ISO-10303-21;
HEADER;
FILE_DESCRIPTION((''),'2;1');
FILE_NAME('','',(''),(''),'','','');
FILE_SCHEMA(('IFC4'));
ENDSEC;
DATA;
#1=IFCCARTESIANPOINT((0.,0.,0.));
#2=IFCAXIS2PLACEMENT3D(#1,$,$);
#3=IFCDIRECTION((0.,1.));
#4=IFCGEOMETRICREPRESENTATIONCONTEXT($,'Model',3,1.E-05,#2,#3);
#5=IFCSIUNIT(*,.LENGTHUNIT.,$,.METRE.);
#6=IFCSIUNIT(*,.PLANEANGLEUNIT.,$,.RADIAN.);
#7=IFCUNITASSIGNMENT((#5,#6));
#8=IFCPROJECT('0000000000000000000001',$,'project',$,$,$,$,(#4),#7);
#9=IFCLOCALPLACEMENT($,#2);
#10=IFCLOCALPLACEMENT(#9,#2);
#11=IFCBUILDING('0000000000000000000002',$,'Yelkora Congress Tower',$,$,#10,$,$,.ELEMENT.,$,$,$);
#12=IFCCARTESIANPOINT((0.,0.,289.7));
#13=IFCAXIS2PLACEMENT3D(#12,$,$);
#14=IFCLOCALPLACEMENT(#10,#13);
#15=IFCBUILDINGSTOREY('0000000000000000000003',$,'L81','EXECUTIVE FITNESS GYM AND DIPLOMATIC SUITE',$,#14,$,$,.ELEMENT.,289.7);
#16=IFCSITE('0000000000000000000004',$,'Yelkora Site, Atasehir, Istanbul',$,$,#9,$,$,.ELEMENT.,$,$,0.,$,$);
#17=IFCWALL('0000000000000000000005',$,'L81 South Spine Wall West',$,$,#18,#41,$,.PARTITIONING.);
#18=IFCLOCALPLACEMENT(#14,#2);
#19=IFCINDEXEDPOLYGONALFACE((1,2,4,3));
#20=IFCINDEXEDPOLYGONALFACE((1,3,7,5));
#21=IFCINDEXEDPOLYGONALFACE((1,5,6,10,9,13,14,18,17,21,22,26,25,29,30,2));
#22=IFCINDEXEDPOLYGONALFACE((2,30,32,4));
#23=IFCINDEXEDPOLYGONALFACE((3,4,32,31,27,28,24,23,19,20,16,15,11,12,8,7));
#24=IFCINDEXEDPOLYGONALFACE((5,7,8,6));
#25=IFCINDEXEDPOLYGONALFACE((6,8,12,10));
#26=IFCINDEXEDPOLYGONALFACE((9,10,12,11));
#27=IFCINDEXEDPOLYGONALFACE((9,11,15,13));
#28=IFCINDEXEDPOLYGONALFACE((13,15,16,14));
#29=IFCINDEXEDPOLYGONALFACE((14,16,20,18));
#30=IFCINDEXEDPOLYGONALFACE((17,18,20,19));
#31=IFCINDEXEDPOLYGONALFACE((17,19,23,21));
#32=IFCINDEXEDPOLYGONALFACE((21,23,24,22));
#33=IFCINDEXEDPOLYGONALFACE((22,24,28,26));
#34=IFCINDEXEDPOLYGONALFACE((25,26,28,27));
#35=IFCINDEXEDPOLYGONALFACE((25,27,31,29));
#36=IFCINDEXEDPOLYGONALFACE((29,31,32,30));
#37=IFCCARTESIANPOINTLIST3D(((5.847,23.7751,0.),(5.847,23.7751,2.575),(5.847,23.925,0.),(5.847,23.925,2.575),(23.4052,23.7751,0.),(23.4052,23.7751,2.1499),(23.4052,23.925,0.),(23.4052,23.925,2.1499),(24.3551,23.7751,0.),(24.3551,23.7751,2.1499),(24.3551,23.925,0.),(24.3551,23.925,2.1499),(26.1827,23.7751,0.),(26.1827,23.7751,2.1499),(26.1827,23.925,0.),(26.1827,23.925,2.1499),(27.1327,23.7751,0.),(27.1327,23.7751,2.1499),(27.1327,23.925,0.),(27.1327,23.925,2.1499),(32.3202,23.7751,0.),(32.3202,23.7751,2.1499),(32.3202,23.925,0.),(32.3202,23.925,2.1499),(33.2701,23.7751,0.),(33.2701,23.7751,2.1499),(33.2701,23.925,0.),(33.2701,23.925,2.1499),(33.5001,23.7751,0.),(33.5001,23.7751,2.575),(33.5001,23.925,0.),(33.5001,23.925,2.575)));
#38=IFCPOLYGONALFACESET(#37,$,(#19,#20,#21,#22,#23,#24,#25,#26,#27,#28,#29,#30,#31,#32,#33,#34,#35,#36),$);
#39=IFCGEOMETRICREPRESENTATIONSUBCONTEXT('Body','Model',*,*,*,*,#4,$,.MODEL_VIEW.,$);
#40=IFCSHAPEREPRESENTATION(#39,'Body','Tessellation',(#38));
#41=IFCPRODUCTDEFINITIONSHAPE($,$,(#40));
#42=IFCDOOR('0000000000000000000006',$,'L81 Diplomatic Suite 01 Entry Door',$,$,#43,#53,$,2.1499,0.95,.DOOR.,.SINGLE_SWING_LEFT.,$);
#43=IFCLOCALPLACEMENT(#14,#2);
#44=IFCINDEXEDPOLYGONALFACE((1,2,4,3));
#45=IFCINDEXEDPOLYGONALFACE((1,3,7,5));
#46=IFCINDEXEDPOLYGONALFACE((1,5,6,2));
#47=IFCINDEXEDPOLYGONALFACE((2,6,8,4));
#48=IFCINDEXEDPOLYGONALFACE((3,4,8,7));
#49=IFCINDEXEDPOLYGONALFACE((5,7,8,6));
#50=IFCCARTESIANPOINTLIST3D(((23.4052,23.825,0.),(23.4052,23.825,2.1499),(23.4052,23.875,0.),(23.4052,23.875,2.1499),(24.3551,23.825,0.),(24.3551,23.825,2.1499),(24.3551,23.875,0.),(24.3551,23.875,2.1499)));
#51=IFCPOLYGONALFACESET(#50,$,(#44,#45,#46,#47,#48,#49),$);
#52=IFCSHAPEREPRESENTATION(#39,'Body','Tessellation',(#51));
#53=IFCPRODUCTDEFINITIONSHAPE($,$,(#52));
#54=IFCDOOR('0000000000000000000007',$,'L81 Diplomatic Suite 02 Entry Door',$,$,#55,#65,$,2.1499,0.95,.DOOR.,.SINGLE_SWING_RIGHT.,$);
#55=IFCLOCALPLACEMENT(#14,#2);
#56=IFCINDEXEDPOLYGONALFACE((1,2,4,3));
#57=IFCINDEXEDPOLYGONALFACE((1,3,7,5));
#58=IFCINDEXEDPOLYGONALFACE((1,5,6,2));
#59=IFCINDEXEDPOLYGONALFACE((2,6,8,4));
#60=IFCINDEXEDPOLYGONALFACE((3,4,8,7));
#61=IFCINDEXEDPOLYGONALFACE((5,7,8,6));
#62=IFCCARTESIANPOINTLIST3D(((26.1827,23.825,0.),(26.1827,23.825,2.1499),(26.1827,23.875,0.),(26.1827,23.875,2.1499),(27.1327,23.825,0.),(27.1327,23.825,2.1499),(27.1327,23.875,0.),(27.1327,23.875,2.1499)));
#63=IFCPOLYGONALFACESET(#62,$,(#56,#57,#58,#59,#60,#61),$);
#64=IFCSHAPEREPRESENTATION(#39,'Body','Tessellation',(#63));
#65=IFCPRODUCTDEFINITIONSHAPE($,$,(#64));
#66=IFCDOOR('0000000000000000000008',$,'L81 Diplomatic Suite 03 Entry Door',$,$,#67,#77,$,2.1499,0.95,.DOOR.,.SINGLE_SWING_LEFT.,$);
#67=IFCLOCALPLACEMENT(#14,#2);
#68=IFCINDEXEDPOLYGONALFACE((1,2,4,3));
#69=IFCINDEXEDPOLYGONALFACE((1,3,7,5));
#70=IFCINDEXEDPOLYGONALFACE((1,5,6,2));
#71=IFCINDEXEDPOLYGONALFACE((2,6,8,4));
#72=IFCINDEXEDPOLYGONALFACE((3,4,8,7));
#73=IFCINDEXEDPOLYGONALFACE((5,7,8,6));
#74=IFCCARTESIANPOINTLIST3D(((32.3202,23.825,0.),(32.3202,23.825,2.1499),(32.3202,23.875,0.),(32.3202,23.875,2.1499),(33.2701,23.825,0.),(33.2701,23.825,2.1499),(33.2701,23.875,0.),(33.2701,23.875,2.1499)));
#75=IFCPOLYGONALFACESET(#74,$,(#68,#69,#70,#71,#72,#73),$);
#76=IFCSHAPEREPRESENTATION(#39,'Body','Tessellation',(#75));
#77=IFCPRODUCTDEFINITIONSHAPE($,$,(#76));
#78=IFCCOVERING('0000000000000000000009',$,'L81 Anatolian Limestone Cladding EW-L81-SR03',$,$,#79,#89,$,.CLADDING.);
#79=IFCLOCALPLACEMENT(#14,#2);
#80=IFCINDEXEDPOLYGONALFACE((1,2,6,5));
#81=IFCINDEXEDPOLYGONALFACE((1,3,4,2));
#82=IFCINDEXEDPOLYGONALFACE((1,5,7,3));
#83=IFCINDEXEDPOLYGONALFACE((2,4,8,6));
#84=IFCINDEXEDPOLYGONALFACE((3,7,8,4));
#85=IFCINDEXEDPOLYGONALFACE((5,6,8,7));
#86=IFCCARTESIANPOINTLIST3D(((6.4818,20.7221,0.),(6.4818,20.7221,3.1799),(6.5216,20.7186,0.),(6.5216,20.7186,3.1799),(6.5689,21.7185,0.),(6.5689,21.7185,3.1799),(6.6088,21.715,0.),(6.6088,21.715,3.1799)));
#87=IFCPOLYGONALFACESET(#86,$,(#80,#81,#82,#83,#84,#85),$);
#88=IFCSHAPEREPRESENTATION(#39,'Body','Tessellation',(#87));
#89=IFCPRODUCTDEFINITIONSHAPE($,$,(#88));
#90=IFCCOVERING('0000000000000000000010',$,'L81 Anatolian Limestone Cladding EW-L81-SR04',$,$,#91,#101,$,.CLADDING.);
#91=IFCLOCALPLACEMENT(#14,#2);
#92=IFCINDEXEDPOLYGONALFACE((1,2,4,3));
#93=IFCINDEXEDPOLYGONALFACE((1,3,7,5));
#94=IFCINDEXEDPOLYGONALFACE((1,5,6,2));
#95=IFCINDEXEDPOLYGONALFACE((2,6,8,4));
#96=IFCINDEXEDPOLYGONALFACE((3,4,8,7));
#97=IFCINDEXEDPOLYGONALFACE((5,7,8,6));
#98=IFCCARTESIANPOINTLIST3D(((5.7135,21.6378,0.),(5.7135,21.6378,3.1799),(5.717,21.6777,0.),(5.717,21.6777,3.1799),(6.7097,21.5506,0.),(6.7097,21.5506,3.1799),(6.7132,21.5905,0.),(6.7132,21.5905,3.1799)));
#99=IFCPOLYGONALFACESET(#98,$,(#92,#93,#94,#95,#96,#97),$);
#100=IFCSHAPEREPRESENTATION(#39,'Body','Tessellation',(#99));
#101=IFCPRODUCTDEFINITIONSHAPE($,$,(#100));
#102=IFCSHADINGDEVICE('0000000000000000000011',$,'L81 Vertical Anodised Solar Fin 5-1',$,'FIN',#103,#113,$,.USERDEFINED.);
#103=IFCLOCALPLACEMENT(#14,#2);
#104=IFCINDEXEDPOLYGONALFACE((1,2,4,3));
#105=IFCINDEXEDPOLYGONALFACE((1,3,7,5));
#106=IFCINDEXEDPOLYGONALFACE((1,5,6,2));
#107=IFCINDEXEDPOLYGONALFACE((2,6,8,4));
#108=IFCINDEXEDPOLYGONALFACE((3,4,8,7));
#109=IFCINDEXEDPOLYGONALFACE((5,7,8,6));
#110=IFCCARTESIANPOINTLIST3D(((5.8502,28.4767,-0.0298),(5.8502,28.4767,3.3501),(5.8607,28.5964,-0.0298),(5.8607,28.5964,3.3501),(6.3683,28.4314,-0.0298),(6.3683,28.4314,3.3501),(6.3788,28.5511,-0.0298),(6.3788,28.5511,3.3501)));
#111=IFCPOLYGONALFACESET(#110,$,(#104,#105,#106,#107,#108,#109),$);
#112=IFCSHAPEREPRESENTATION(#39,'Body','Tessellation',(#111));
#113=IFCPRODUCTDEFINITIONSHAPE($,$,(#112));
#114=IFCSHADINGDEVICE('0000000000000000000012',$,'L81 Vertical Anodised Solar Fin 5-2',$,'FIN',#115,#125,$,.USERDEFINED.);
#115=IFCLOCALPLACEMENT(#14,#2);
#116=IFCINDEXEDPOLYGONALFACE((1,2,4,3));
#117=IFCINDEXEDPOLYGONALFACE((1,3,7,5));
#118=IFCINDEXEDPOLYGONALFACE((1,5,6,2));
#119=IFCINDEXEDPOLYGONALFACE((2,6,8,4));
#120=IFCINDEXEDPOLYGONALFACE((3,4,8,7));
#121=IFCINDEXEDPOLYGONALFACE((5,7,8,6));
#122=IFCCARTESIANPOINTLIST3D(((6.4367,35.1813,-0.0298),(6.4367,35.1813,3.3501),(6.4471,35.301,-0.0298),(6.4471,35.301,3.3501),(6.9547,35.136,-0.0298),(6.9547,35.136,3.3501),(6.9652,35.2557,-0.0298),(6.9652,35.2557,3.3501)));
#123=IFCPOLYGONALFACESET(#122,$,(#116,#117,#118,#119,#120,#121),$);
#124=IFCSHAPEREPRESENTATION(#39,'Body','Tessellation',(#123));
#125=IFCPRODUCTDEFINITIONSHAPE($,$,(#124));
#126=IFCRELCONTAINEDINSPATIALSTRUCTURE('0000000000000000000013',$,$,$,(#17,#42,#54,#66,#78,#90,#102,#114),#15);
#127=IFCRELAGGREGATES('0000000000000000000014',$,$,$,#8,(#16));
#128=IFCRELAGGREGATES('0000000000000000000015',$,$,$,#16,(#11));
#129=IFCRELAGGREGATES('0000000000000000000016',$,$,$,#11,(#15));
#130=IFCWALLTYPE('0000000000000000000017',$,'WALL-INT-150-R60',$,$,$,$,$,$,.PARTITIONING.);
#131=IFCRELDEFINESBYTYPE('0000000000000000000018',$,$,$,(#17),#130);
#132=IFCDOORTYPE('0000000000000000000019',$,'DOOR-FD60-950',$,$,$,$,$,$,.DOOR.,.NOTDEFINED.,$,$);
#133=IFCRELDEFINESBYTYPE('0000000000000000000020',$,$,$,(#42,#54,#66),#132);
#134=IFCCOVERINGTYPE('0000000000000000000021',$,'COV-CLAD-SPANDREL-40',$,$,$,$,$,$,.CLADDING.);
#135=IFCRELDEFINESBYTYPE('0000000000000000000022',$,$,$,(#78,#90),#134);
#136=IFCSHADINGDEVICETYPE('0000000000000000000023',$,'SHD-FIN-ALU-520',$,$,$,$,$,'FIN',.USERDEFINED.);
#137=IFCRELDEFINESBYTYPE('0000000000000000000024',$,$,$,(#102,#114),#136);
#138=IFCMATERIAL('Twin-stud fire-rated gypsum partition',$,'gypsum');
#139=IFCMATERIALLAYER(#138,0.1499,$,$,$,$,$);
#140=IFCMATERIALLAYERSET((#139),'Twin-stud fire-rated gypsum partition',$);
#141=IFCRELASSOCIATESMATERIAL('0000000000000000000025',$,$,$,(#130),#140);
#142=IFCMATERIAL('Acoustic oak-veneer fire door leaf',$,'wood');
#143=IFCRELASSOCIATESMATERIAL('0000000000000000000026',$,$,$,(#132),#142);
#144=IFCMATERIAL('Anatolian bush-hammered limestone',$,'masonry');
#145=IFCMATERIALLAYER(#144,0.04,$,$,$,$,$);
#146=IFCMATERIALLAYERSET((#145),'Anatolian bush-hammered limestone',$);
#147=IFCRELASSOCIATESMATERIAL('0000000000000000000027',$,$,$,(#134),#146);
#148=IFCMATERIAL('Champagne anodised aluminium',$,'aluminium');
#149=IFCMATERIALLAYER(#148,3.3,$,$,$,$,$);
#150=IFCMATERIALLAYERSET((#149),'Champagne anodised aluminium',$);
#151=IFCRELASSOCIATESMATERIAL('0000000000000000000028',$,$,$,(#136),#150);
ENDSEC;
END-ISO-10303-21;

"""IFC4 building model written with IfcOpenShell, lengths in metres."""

from ifc_helpers import new_model, si_unit, direction, frame, frame_2d, origin, origin_2d, place, context, subcontext, project, spatial, rectangle, extrude, material, layer, layer_set, type_object, element, fill, save


model = new_model("IFC4")

# Units and contexts
model_context = context("Model", 3, precision=1e-05, world=origin(), true_north=direction((0.0, 1.0)))
body_context = subcontext(model_context, "Body", "Model", "MODEL_VIEW")
ifc_project = project(units=[si_unit("LENGTHUNIT", "METRE"), si_unit("PLANEANGLEUNIT", "RADIAN")], contexts=[model_context])

# Site, building, storey
site_placement = place(None, origin())
site = spatial("IfcSite", under=ifc_project, at=site_placement, Name="Yelkora Site, Atasehir, Istanbul", CompositionType="ELEMENT", RefElevation=0.0)
building_placement = place(site_placement, origin())
building = spatial("IfcBuilding", under=site, at=building_placement, Name="Yelkora Congress Tower", CompositionType="ELEMENT")
storey_placement = place(building_placement, frame((0.0, 0.0, 289.7)))
storey = spatial("IfcBuildingStorey", under=building, at=storey_placement, Name="L81", Description="EXECUTIVE FITNESS GYM AND DIPLOMATIC SUITE", CompositionType="ELEMENT", Elevation=289.7)

# Wall, openings, doors
ifc_material_1 = material(Name="Twin-stud fire-rated gypsum partition", Category="gypsum")
ifc_layer_1 = layer(ifc_material_1, 0.1499)
ifc_layer_set_1 = layer_set([ifc_layer_1], Name="Twin-stud fire-rated gypsum partition")
wall_type_1 = type_object("IfcWallType", Name="WALL-INT-150-R60", PredefinedType="PARTITIONING", material=ifc_layer_set_1)
wall_placement = place(storey_placement, frame((5.8469, 23.8501, 0.0), z_axis=(0.0, 0.0, 1.0), x_axis=(1.0, 0.0, 0.0)))
wall = element("IfcWall", 1, at=wall_placement, inside=storey, type_object=wall_type_1, Name="L81 South Spine Wall West", PredefinedType="PARTITIONING", context=body_context, shape_type="SweptSolid", body=[
    extrude(rectangle(XDim=27.6531, YDim=0.1499, at=frame_2d((13.8267, 0.0))), origin(), (0.0, 0.0, 1.0), 2.575),
])
opening_1_placement = place(wall_placement, frame((17.5581, 0.0, 0.0)))
opening_1 = element("IfcOpeningElement", 2, at=opening_1_placement, cuts=wall, PredefinedType="OPENING", context=body_context, shape_type="SweptSolid", body=[
    extrude(rectangle(XDim=0.95, YDim=2.1499, at=frame_2d((0.4751, 1.075))), frame((0.0, 0.085, 0.0), z_axis=(0.0, -1.0, 0.0), x_axis=(1.0, 0.0, 0.0)), (0.0, 0.0, 1.0), 0.1699),
])
opening_2_placement = place(wall_placement, frame((20.3357, 0.0, 0.0)))
opening_2 = element("IfcOpeningElement", 3, at=opening_2_placement, cuts=wall, PredefinedType="OPENING", context=body_context, shape_type="SweptSolid", body=[
    extrude(rectangle(XDim=0.95, YDim=2.1499, at=frame_2d((0.4751, 1.075))), frame((0.0, 0.085, 0.0), z_axis=(0.0, -1.0, 0.0), x_axis=(1.0, 0.0, 0.0)), (0.0, 0.0, 1.0), 0.1699),
])
opening_3_placement = place(wall_placement, frame((26.4731, 0.0, 0.0)))
opening_3 = element("IfcOpeningElement", 4, at=opening_3_placement, cuts=wall, PredefinedType="OPENING", context=body_context, shape_type="SweptSolid", body=[
    extrude(rectangle(XDim=0.95, YDim=2.1499, at=frame_2d((0.4751, 1.075))), frame((0.0, 0.085, 0.0), z_axis=(0.0, -1.0, 0.0), x_axis=(1.0, 0.0, 0.0)), (0.0, 0.0, 1.0), 0.1699),
])
ifc_material_2 = material(Name="Acoustic oak-veneer fire door leaf", Category="wood")
door_type = type_object("IfcDoorType", Name="DOOR-FD60-950", OperationType="NOTDEFINED", PredefinedType="DOOR", material=ifc_material_2)
door_1_placement = place(opening_1_placement, origin())
door_1 = element("IfcDoor", 5, at=door_1_placement, inside=storey, type_object=door_type, Name="L81 Diplomatic Suite 01 Entry Door", OperationType="SINGLE_SWING_LEFT", OverallHeight=2.1499, OverallWidth=0.95, PredefinedType="DOOR", context=body_context, shape_type="SweptSolid", body=[
    extrude(rectangle(XDim=0.95, YDim=2.1499, at=frame_2d((0.4751, 1.075))), frame((0.0, 0.0249, 0.0), z_axis=(0.0, -1.0, 0.0), x_axis=(1.0, 0.0, 0.0)), (0.0, 0.0, 1.0), 0.05),
])
fill(opening_1, door_1)
door_2_placement = place(opening_2_placement, origin())
door_2 = element("IfcDoor", 6, at=door_2_placement, inside=storey, type_object=door_type, Name="L81 Diplomatic Suite 02 Entry Door", OperationType="SINGLE_SWING_RIGHT", OverallHeight=2.1499, OverallWidth=0.95, PredefinedType="DOOR", context=body_context, shape_type="SweptSolid", body=[
    extrude(rectangle(XDim=0.95, YDim=2.1499, at=frame_2d((0.4751, 1.075))), frame((0.0, 0.0249, 0.0), z_axis=(0.0, -1.0, 0.0), x_axis=(1.0, 0.0, 0.0)), (0.0, 0.0, 1.0), 0.05),
])
fill(opening_2, door_2)
door_3_placement = place(opening_3_placement, origin())
door_3 = element("IfcDoor", 7, at=door_3_placement, inside=storey, type_object=door_type, Name="L81 Diplomatic Suite 03 Entry Door", OperationType="SINGLE_SWING_LEFT", OverallHeight=2.1499, OverallWidth=0.95, PredefinedType="DOOR", context=body_context, shape_type="SweptSolid", body=[
    extrude(rectangle(XDim=0.95, YDim=2.1499, at=frame_2d((0.4751, 1.075))), frame((0.0, 0.0249, 0.0), z_axis=(0.0, -1.0, 0.0), x_axis=(1.0, 0.0, 0.0)), (0.0, 0.0, 1.0), 0.05),
])
fill(opening_3, door_3)

# Coverings
ifc_material_3 = material(Name="Anatolian bush-hammered limestone", Category="masonry")
ifc_layer_2 = layer(ifc_material_3, 0.04)
ifc_layer_set_2 = layer_set([ifc_layer_2], Name="Anatolian bush-hammered limestone")
covering_type = type_object("IfcCoveringType", Name="COV-CLAD-SPANDREL-40", PredefinedType="CLADDING", material=ifc_layer_set_2)
covering_1_placement = place(storey_placement, frame((6.5017, 20.7205, 0.0), z_axis=(0.0, 0.0, 1.0), x_axis=(0.087146, 0.996196, 0.0)))
element("IfcCovering", 8, at=covering_1_placement, inside=storey, type_object=covering_type, Name="L81 Anatolian Limestone Cladding EW-L81-SR03", PredefinedType="CLADDING", context=body_context, shape_type="SweptSolid", body=[
    extrude(rectangle(XDim=1.0002, YDim=0.04, at=frame_2d((0.5, 0.0))), origin(), (0.0, 0.0, 1.0), 3.1799),
])
covering_2_placement = place(storey_placement, frame((6.7114, 21.5706, 0.0), z_axis=(0.0, 0.0, 1.0), x_axis=(-0.996194, 0.087167, 0.0)))
element("IfcCovering", 9, at=covering_2_placement, inside=storey, type_object=covering_type, Name="L81 Anatolian Limestone Cladding EW-L81-SR04", PredefinedType="CLADDING", context=body_context, shape_type="SweptSolid", body=[
    extrude(rectangle(XDim=1.0, YDim=0.04, at=frame_2d((0.5, 0.0))), origin(), (0.0, 0.0, 1.0), 3.1799),
])

# Shading devices
ifc_material_4 = material(Name="Champagne anodised aluminium", Category="aluminium")
ifc_layer_3 = layer(ifc_material_4, 3.3)
ifc_layer_set_3 = layer_set([ifc_layer_3], Name="Champagne anodised aluminium")
shading_device_type = type_object("IfcShadingDeviceType", Name="SHD-FIN-ALU-520", ElementType="FIN", PredefinedType="USERDEFINED", material=ifc_layer_set_3)
for number, where, z_axis, x_axis, name in (
    (10, (6.1145, 28.5139, -0.0298), (0.0, 0.0, 1.0), (0.087156, 0.996195, 0.0), "L81 Vertical Anodised Solar Fin 5-1"),
    (11, (6.7009, 35.2185, -0.0298), (0.0, 0.0, 1.0), (0.087156, 0.996195, 0.0), "L81 Vertical Anodised Solar Fin 5-2"),
):
    element("IfcShadingDevice", number, at=place(storey_placement, frame(where, z_axis=z_axis, x_axis=x_axis)), inside=storey, type_object=shading_device_type, Name=name, ObjectType="FIN", PredefinedType="USERDEFINED", context=body_context, shape_type="SweptSolid", body=[
        extrude(rectangle(XDim=0.1201, YDim=0.52, at=origin_2d()), origin(), (0.0, 0.0, 1.0), 3.3799),
    ])

save(model, "model.ifc")
